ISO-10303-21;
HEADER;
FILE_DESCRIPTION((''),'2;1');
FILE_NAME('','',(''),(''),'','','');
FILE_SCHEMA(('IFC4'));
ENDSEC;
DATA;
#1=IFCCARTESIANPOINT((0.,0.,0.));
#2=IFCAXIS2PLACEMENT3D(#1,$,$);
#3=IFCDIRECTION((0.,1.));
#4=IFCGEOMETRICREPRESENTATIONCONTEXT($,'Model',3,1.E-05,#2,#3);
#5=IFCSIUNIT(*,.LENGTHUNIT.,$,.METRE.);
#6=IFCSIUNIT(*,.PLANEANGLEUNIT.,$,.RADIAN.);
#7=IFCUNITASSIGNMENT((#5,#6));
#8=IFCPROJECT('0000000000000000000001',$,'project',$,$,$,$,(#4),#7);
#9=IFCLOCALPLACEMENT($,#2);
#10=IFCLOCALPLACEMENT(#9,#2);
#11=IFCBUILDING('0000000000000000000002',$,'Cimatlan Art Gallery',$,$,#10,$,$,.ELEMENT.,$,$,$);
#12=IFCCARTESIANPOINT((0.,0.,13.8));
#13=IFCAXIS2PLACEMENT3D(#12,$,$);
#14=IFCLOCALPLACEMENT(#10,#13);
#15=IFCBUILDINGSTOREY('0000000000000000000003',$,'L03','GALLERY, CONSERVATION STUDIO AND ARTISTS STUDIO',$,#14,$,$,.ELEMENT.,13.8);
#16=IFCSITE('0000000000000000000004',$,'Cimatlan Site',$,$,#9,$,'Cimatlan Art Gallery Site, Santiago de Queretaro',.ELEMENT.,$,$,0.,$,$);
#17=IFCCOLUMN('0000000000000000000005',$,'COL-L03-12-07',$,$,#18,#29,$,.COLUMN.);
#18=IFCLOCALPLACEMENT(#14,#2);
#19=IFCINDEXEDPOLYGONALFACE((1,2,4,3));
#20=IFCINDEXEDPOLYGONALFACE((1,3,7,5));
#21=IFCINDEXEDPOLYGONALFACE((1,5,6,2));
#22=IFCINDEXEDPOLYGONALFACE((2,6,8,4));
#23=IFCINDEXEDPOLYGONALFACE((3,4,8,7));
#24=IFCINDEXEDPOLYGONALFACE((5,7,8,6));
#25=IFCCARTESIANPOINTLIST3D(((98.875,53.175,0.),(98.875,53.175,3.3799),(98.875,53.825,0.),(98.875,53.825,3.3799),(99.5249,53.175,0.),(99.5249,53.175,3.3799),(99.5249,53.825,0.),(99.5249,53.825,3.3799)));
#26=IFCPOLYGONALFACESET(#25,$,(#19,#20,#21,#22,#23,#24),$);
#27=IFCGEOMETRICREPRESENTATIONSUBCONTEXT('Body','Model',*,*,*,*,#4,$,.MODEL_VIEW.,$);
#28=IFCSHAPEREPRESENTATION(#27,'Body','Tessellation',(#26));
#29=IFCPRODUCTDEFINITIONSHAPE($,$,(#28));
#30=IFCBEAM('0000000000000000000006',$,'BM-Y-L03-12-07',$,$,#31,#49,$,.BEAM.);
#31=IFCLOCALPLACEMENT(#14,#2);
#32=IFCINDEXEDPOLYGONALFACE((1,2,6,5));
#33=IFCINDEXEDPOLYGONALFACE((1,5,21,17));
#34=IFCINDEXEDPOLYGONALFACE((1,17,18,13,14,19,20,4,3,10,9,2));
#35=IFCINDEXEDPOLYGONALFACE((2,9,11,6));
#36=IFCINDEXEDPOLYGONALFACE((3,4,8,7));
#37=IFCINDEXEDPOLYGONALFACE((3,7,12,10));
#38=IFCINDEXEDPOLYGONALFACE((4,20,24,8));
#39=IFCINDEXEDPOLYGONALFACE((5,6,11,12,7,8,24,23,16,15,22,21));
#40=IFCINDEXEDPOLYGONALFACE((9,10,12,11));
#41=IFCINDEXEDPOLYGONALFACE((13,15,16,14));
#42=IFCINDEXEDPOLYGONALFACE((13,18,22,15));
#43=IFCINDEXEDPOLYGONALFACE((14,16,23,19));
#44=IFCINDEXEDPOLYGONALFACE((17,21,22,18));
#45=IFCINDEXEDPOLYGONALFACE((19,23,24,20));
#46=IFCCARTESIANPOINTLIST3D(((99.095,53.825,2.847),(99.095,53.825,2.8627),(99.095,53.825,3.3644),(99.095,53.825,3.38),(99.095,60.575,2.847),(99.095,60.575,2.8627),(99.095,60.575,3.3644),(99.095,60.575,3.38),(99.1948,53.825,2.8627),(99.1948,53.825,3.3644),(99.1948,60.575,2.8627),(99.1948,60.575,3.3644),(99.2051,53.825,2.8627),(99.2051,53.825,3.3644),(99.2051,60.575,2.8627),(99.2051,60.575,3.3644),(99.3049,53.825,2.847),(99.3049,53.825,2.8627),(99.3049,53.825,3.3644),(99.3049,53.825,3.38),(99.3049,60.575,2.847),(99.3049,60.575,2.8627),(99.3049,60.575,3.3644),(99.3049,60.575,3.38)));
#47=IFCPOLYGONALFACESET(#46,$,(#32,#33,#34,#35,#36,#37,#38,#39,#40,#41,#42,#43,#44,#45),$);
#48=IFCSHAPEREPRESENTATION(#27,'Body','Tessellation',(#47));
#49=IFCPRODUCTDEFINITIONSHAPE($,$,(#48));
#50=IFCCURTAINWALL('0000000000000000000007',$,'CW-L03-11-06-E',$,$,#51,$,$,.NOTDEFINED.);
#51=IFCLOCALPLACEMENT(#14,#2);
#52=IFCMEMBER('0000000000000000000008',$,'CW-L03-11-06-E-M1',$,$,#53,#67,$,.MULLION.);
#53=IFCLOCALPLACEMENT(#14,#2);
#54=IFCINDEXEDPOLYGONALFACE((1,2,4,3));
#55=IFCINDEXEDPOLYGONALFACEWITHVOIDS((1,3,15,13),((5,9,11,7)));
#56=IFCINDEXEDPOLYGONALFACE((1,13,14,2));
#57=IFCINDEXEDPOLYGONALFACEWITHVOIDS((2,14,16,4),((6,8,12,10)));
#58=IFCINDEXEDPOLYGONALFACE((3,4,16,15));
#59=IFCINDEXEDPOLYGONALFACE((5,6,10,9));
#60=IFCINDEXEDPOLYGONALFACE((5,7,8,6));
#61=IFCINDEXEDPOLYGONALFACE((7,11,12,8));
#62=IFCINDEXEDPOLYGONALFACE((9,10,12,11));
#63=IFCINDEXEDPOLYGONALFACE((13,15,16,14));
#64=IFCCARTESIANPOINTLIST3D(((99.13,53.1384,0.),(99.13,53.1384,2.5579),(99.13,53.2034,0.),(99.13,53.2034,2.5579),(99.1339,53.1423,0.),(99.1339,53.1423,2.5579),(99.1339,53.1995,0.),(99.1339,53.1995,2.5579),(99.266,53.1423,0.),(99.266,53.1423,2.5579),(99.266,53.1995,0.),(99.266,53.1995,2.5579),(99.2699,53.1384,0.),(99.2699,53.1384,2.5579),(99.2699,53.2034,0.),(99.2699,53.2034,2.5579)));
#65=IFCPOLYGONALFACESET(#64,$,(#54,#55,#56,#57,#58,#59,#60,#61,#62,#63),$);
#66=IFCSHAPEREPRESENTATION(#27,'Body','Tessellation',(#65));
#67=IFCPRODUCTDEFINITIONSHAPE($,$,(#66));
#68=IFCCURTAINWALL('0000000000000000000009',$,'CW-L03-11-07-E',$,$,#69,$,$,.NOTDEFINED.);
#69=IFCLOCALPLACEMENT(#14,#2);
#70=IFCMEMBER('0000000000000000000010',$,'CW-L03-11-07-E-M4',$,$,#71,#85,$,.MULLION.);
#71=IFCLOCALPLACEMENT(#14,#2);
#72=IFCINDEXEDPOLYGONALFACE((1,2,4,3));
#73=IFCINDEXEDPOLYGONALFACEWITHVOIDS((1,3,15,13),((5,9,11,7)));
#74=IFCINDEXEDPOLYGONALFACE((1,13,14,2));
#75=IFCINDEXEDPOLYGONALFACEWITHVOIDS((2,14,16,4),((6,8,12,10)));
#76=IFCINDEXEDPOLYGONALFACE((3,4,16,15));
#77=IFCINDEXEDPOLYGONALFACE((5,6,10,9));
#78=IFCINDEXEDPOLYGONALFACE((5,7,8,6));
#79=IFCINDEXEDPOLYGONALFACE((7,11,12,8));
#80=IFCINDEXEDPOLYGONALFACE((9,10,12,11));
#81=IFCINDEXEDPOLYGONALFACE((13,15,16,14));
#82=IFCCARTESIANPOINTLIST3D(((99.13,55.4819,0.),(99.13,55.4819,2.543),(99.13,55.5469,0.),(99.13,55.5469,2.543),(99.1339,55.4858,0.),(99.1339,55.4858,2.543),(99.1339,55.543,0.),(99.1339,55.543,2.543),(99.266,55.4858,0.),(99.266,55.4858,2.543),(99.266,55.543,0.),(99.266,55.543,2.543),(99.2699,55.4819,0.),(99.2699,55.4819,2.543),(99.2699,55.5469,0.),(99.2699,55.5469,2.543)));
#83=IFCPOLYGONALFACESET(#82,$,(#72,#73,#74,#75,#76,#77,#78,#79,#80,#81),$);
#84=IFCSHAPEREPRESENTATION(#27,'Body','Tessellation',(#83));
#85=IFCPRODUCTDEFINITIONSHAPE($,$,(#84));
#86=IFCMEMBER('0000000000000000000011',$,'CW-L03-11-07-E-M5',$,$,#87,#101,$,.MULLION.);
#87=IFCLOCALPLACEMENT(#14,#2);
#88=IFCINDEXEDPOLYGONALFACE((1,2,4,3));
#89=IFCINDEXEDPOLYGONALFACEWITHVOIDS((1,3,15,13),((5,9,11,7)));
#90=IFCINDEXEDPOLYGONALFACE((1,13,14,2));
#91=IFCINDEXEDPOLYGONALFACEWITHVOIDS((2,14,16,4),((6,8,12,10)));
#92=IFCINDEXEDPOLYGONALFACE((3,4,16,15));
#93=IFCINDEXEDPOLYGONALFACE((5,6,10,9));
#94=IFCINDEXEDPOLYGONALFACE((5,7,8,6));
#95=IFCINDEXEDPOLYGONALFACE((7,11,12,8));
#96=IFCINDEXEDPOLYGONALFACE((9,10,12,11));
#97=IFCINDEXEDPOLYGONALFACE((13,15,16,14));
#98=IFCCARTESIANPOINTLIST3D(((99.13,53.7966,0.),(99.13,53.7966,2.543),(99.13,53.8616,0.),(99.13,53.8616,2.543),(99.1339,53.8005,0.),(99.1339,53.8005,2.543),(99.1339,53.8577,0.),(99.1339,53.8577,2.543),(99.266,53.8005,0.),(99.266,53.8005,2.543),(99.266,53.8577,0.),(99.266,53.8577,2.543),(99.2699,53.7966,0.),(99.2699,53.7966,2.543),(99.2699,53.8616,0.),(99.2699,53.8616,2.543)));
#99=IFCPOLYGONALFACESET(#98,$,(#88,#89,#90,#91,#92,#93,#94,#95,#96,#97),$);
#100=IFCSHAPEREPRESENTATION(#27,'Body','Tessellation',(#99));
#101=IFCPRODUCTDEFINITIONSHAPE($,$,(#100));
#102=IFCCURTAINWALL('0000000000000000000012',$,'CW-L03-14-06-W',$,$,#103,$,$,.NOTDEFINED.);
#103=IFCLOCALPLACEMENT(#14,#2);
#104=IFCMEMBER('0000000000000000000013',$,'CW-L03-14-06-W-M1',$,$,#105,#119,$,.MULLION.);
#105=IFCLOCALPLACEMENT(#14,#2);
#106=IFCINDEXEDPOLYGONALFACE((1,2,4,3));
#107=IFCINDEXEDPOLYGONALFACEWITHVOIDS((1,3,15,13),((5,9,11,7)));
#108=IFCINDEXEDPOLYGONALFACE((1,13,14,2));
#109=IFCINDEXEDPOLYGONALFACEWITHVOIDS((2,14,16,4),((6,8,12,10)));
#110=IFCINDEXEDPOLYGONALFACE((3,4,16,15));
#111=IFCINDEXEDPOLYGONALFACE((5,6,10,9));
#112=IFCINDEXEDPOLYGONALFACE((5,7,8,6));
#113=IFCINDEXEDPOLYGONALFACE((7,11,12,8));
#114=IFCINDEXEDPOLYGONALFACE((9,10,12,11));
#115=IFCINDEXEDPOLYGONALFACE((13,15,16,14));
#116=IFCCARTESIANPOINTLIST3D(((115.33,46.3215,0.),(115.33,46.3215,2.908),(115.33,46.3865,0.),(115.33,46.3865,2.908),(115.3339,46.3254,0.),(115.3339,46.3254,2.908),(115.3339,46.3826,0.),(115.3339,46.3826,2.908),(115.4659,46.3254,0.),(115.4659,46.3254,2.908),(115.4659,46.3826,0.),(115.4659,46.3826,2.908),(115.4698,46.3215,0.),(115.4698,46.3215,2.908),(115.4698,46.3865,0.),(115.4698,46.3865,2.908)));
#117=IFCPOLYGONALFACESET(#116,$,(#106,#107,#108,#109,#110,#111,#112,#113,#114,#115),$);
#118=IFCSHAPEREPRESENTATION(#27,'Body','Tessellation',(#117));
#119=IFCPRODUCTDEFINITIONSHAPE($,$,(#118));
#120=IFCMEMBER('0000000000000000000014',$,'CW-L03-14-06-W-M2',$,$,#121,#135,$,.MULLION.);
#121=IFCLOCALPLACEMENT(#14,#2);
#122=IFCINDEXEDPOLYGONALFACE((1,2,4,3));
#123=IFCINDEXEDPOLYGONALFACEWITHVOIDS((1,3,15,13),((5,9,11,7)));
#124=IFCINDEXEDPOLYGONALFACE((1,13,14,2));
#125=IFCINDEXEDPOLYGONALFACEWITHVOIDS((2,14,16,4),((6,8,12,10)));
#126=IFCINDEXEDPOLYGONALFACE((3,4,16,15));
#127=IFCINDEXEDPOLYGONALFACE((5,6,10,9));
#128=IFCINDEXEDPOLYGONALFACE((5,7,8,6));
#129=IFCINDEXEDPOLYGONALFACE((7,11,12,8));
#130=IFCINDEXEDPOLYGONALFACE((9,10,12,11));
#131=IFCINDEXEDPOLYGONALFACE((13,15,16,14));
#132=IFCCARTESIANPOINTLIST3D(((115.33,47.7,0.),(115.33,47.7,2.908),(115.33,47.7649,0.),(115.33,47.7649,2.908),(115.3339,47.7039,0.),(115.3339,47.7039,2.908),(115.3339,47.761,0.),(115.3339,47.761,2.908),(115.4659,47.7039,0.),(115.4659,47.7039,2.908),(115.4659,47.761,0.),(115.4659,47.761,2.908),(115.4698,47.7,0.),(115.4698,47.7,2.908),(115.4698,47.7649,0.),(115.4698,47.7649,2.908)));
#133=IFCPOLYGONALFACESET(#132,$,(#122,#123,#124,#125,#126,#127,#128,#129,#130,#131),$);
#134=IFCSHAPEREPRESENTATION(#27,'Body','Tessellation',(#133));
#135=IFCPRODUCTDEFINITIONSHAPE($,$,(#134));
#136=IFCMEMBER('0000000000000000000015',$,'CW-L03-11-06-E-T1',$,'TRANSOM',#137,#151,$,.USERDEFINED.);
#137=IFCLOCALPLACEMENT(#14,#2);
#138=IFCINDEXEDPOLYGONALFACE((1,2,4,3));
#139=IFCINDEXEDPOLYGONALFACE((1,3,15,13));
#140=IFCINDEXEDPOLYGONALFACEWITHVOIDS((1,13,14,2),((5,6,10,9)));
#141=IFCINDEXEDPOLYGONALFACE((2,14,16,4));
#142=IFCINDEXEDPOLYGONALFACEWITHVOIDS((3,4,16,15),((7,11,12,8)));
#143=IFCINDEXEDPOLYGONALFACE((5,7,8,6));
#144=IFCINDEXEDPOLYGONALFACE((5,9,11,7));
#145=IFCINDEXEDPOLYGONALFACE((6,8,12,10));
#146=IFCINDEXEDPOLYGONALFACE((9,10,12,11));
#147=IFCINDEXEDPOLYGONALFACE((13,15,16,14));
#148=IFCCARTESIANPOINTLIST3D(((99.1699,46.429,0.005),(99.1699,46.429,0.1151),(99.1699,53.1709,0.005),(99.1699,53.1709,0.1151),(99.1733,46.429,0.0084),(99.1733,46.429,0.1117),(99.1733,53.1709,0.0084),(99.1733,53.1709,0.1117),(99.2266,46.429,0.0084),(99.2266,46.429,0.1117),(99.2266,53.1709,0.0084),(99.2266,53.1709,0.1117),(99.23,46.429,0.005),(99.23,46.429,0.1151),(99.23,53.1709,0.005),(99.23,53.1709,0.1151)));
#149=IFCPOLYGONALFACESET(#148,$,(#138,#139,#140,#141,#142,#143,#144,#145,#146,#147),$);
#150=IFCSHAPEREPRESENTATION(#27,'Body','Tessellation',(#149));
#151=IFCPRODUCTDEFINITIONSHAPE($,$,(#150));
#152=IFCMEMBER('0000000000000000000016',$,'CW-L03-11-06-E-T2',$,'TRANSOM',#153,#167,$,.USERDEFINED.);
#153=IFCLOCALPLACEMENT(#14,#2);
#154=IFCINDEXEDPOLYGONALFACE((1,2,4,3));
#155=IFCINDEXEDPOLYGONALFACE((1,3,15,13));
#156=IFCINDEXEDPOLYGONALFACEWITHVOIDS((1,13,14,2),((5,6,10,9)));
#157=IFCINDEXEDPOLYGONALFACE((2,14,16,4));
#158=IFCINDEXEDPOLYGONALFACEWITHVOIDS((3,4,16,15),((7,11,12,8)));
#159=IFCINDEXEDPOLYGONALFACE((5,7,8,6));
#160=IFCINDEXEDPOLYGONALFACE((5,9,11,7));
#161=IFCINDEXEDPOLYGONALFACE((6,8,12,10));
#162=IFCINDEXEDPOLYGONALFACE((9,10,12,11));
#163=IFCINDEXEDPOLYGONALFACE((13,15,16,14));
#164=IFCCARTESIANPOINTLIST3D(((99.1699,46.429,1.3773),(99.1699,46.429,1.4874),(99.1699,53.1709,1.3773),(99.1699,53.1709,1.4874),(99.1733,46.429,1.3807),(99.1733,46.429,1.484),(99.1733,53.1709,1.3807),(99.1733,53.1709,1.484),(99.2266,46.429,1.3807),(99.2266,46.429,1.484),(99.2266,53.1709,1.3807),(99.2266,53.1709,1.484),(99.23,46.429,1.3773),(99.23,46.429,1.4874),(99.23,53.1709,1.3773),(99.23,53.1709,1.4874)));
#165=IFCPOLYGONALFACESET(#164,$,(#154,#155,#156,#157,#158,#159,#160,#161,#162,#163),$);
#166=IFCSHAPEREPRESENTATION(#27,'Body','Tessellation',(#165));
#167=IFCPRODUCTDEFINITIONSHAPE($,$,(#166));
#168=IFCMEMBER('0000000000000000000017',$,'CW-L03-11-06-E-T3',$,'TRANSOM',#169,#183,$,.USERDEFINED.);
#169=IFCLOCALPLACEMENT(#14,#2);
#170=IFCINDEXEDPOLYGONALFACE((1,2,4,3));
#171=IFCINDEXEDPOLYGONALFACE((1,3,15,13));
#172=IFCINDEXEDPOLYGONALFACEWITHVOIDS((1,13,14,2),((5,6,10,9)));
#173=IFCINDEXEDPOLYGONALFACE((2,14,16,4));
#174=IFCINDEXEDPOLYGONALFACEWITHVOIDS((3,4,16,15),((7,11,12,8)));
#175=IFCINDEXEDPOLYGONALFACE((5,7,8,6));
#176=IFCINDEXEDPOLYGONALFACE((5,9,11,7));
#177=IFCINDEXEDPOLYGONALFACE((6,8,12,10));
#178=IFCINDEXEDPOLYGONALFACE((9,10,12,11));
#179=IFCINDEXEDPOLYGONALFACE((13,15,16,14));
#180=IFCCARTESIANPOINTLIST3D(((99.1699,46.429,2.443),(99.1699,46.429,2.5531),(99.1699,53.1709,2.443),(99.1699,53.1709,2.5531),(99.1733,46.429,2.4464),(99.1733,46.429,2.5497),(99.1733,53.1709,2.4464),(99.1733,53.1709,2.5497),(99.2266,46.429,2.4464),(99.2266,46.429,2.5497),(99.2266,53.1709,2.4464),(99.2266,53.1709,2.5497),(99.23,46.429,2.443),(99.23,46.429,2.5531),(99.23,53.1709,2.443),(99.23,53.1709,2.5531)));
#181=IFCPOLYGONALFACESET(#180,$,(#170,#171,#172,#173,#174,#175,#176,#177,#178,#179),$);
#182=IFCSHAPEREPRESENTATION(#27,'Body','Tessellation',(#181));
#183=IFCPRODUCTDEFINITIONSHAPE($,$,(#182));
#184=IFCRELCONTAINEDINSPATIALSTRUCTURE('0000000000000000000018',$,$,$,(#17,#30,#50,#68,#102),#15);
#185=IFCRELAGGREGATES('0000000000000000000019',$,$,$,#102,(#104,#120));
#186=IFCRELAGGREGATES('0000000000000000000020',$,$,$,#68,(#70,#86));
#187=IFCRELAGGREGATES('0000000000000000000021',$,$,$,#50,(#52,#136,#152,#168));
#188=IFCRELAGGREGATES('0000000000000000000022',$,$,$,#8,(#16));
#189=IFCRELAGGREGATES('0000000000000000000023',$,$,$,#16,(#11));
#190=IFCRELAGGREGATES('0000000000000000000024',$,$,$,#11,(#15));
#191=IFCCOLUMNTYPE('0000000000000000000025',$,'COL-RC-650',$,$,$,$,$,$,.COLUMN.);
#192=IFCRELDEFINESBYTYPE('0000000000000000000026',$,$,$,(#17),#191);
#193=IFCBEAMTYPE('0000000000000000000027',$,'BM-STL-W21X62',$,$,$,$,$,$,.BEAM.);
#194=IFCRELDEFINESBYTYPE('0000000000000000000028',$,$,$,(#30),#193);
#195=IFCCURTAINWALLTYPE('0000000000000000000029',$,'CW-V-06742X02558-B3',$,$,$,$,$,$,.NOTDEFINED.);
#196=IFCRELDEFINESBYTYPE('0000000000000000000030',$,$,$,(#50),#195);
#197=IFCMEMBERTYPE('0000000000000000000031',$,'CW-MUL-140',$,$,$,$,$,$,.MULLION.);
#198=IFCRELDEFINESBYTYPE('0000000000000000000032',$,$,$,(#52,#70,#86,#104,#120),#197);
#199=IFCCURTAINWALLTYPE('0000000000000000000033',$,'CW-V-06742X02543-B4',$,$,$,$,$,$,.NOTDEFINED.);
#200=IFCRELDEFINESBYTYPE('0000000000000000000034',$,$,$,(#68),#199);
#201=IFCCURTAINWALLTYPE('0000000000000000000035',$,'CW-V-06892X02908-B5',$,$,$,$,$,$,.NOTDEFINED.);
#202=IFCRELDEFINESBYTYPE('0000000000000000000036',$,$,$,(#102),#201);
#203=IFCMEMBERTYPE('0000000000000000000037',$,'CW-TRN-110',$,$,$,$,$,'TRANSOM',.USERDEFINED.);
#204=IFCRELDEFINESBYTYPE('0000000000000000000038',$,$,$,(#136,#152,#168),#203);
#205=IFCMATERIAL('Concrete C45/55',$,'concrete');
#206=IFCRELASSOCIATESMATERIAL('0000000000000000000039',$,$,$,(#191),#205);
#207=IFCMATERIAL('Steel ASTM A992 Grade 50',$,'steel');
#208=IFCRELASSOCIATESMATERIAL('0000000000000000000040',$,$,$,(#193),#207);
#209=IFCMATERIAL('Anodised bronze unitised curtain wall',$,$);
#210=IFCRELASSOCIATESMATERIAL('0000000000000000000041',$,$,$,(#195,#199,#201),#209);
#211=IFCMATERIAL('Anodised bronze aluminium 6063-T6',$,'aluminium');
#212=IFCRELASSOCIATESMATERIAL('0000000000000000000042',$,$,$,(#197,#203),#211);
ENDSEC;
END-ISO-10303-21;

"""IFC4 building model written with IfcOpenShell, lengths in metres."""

from ifc_helpers import new_model, si_unit, direction, frame, origin, origin_2d, place, context, subcontext, project, spatial, rectangle, hollow_rectangle, i_section, extrude, material, material_profile, profile_set, type_object, element, aggregate, save


model = new_model("IFC4")

# Units and contexts
model_context = context("Model", 3, precision=1e-05, world=origin(), true_north=direction((0.0, 1.0)))
body_context = subcontext(model_context, "Body", "Model", "MODEL_VIEW")
ifc_project = project(units=[si_unit("LENGTHUNIT", "METRE"), si_unit("PLANEANGLEUNIT", "RADIAN")], contexts=[model_context])

# Site, building, storey
site_placement = place(None, origin())
site = spatial("IfcSite", under=ifc_project, at=site_placement, Name="Cimatlan Site", LongName="Cimatlan Art Gallery Site, Santiago de Queretaro", CompositionType="ELEMENT", RefElevation=0.0)
building_placement = place(site_placement, origin())
building = spatial("IfcBuilding", under=site, at=building_placement, Name="Cimatlan Art Gallery", CompositionType="ELEMENT")
storey_placement = place(building_placement, frame((0.0, 0.0, 13.8)))
storey = spatial("IfcBuildingStorey", under=building, at=storey_placement, Name="L03", Description="GALLERY, CONSERVATION STUDIO AND ARTISTS STUDIO", CompositionType="ELEMENT", Elevation=13.8)

# Column
ifc_material_1 = material(Name="Concrete C45/55", Category="concrete")
ifc_material_profile_1 = material_profile(ifc_material_1, rectangle(XDim=0.6499, YDim=0.6499, at=origin_2d()), Name="RC650X650")
ifc_profile_set_1 = profile_set([ifc_material_profile_1], Name="Concrete C45/55")
column_type = type_object("IfcColumnType", Name="COL-RC-650", PredefinedType="COLUMN", material=ifc_profile_set_1)
column_placement = place(storey_placement, frame((99.2, 53.5, 0.0), z_axis=(0.0, 0.0, 1.0), x_axis=(1.0, 0.0, 0.0)))
element("IfcColumn", 1, at=column_placement, inside=storey, type_object=column_type, Name="COL-L03-12-07", PredefinedType="COLUMN", context=body_context, shape_type="SweptSolid", body=[
    extrude(rectangle(XDim=0.6499, YDim=0.6499, at=origin_2d()), origin(), (0.0, 0.0, 1.0), 3.3799),
])

# Beam
ifc_material_2 = material(Name="Steel ASTM A992 Grade 50", Category="steel")
ifc_material_profile_2 = material_profile(ifc_material_2, i_section(OverallWidth=0.21, OverallDepth=0.533, WebThickness=0.0103, FlangeThickness=0.0156, at=origin_2d()), Name="W21X62")
ifc_profile_set_2 = profile_set([ifc_material_profile_2], Name="Steel ASTM A992 Grade 50")
beam_type = type_object("IfcBeamType", Name="BM-STL-W21X62", PredefinedType="BEAM", material=ifc_profile_set_2)
beam_placement = place(storey_placement, frame((99.2, 53.825, 3.1135), z_axis=(0.0, 1.0, 0.0), x_axis=(-1.0, 0.0, 0.0)))
element("IfcBeam", 2, at=beam_placement, inside=storey, type_object=beam_type, Name="BM-Y-L03-12-07", PredefinedType="BEAM", context=body_context, shape_type="SweptSolid", body=[
    extrude(i_section(OverallWidth=0.21, OverallDepth=0.533, WebThickness=0.0103, FlangeThickness=0.0156, at=origin_2d()), origin(), (0.0, 0.0, 1.0), 6.75),
])

# Curtain wall, member
ifc_material_3 = material(Name="Anodised bronze unitised curtain wall")
curtain_wall_type_1 = type_object("IfcCurtainWallType", Name="CW-V-06742X02558-B3", PredefinedType="NOTDEFINED", material=ifc_material_3)
curtain_wall_1_placement = place(storey_placement, origin())
curtain_wall_1 = element("IfcCurtainWall", 3, at=curtain_wall_1_placement, inside=storey, type_object=curtain_wall_type_1, Name="CW-L03-11-06-E", PredefinedType="NOTDEFINED")
ifc_material_4 = material(Name="Anodised bronze aluminium 6063-T6", Category="aluminium")
ifc_material_profile_3 = material_profile(ifc_material_4, hollow_rectangle(XDim=0.0649, YDim=0.1399, WallThickness=0.0039, at=origin_2d()), Name="ALU65X140X4")
ifc_profile_set_3 = profile_set([ifc_material_profile_3], Name="Anodised bronze aluminium 6063-T6")
member_type_1 = type_object("IfcMemberType", Name="CW-MUL-140", PredefinedType="MULLION", material=ifc_profile_set_3)
member_1_placement = place(storey_placement, frame((99.2, 53.1709, 0.0), z_axis=(0.0, 0.0, 1.0), x_axis=(0.0, 1.0, 0.0)))
member_1 = element("IfcMember", 4, at=member_1_placement, type_object=member_type_1, Name="CW-L03-11-06-E-M1", PredefinedType="MULLION", context=body_context, shape_type="SweptSolid", body=[
    extrude(hollow_rectangle(XDim=0.0649, YDim=0.1399, WallThickness=0.0039, at=origin_2d()), origin(), (0.0, 0.0, 1.0), 2.5579),
])

# Curtain walls, members
curtain_wall_type_2 = type_object("IfcCurtainWallType", Name="CW-V-06742X02543-B4", PredefinedType="NOTDEFINED", material=ifc_material_3)
curtain_wall_2_placement = place(storey_placement, origin())
curtain_wall_2 = element("IfcCurtainWall", 5, at=curtain_wall_2_placement, inside=storey, type_object=curtain_wall_type_2, Name="CW-L03-11-07-E", PredefinedType="NOTDEFINED")
member_2_placement = place(storey_placement, frame((99.2, 55.5144, 0.0), z_axis=(0.0, 0.0, 1.0), x_axis=(0.0, 1.0, 0.0)))
member_2 = element("IfcMember", 6, at=member_2_placement, type_object=member_type_1, Name="CW-L03-11-07-E-M4", PredefinedType="MULLION", context=body_context, shape_type="SweptSolid", body=[
    extrude(hollow_rectangle(XDim=0.0649, YDim=0.1399, WallThickness=0.0039, at=origin_2d()), origin(), (0.0, 0.0, 1.0), 2.543),
])
member_3_placement = place(storey_placement, frame((99.2, 53.8291, 0.0), z_axis=(0.0, 0.0, 1.0), x_axis=(0.0, 1.0, 0.0)))
member_3 = element("IfcMember", 7, at=member_3_placement, type_object=member_type_1, Name="CW-L03-11-07-E-M5", PredefinedType="MULLION", context=body_context, shape_type="SweptSolid", body=[
    extrude(hollow_rectangle(XDim=0.0649, YDim=0.1399, WallThickness=0.0039, at=origin_2d()), origin(), (0.0, 0.0, 1.0), 2.543),
])
curtain_wall_type_3 = type_object("IfcCurtainWallType", Name="CW-V-06892X02908-B5", PredefinedType="NOTDEFINED", material=ifc_material_3)
curtain_wall_3_placement = place(storey_placement, origin())
curtain_wall_3 = element("IfcCurtainWall", 8, at=curtain_wall_3_placement, inside=storey, type_object=curtain_wall_type_3, Name="CW-L03-14-06-W", PredefinedType="NOTDEFINED")
member_4_placement = place(storey_placement, frame((115.3999, 46.354, 0.0), z_axis=(0.0, 0.0, 1.0), x_axis=(0.0, 1.0, 0.0)))
member_4 = element("IfcMember", 9, at=member_4_placement, type_object=member_type_1, Name="CW-L03-14-06-W-M1", PredefinedType="MULLION", context=body_context, shape_type="SweptSolid", body=[
    extrude(hollow_rectangle(XDim=0.0649, YDim=0.1399, WallThickness=0.0039, at=origin_2d()), origin(), (0.0, 0.0, 1.0), 2.908),
])
member_5_placement = place(storey_placement, frame((115.3999, 47.7324, 0.0), z_axis=(0.0, 0.0, 1.0), x_axis=(0.0, 1.0, 0.0)))
member_5 = element("IfcMember", 10, at=member_5_placement, type_object=member_type_1, Name="CW-L03-14-06-W-M2", PredefinedType="MULLION", context=body_context, shape_type="SweptSolid", body=[
    extrude(hollow_rectangle(XDim=0.0649, YDim=0.1399, WallThickness=0.0039, at=origin_2d()), origin(), (0.0, 0.0, 1.0), 2.908),
])

# Members
ifc_material_profile_4 = material_profile(ifc_material_4, hollow_rectangle(XDim=0.0601, YDim=0.1101, WallThickness=0.0034, at=origin_2d()), Name="ALU60X110X3")
ifc_profile_set_4 = profile_set([ifc_material_profile_4], Name="Anodised bronze aluminium 6063-T6")
member_type_2 = type_object("IfcMemberType", Name="CW-TRN-110", ElementType="TRANSOM", PredefinedType="USERDEFINED", material=ifc_profile_set_4)
member_6_placement = place(storey_placement, frame((99.2, 53.1709, 0.0601), z_axis=(0.0, -1.0, 0.0), x_axis=(1.0, 0.0, 0.0)))
member_6 = element("IfcMember", 11, at=member_6_placement, type_object=member_type_2, Name="CW-L03-11-06-E-T1", ObjectType="TRANSOM", PredefinedType="USERDEFINED", context=body_context, shape_type="SweptSolid", body=[
    extrude(hollow_rectangle(XDim=0.0601, YDim=0.1101, WallThickness=0.0034, at=origin_2d()), origin(), (0.0, 0.0, 1.0), 6.7419),
])
member_7_placement = place(storey_placement, frame((99.2, 53.1709, 1.4324), z_axis=(0.0, -1.0, 0.0), x_axis=(1.0, 0.0, 0.0)))
member_7 = element("IfcMember", 12, at=member_7_placement, type_object=member_type_2, Name="CW-L03-11-06-E-T2", ObjectType="TRANSOM", PredefinedType="USERDEFINED", context=body_context, shape_type="SweptSolid", body=[
    extrude(hollow_rectangle(XDim=0.0601, YDim=0.1101, WallThickness=0.0034, at=origin_2d()), origin(), (0.0, 0.0, 1.0), 6.7419),
])
member_8_placement = place(storey_placement, frame((99.2, 53.1709, 2.498), z_axis=(0.0, -1.0, 0.0), x_axis=(1.0, 0.0, 0.0)))
member_8 = element("IfcMember", 13, at=member_8_placement, type_object=member_type_2, Name="CW-L03-11-06-E-T3", ObjectType="TRANSOM", PredefinedType="USERDEFINED", context=body_context, shape_type="SweptSolid", body=[
    extrude(hollow_rectangle(XDim=0.0601, YDim=0.1101, WallThickness=0.0034, at=origin_2d()), origin(), (0.0, 0.0, 1.0), 6.7419),
])

aggregate(curtain_wall_3, [member_4, member_5])
aggregate(curtain_wall_2, [member_2, member_3])
aggregate(curtain_wall_1, [member_1, member_6, member_7, member_8])

save(model, "model.ifc")
